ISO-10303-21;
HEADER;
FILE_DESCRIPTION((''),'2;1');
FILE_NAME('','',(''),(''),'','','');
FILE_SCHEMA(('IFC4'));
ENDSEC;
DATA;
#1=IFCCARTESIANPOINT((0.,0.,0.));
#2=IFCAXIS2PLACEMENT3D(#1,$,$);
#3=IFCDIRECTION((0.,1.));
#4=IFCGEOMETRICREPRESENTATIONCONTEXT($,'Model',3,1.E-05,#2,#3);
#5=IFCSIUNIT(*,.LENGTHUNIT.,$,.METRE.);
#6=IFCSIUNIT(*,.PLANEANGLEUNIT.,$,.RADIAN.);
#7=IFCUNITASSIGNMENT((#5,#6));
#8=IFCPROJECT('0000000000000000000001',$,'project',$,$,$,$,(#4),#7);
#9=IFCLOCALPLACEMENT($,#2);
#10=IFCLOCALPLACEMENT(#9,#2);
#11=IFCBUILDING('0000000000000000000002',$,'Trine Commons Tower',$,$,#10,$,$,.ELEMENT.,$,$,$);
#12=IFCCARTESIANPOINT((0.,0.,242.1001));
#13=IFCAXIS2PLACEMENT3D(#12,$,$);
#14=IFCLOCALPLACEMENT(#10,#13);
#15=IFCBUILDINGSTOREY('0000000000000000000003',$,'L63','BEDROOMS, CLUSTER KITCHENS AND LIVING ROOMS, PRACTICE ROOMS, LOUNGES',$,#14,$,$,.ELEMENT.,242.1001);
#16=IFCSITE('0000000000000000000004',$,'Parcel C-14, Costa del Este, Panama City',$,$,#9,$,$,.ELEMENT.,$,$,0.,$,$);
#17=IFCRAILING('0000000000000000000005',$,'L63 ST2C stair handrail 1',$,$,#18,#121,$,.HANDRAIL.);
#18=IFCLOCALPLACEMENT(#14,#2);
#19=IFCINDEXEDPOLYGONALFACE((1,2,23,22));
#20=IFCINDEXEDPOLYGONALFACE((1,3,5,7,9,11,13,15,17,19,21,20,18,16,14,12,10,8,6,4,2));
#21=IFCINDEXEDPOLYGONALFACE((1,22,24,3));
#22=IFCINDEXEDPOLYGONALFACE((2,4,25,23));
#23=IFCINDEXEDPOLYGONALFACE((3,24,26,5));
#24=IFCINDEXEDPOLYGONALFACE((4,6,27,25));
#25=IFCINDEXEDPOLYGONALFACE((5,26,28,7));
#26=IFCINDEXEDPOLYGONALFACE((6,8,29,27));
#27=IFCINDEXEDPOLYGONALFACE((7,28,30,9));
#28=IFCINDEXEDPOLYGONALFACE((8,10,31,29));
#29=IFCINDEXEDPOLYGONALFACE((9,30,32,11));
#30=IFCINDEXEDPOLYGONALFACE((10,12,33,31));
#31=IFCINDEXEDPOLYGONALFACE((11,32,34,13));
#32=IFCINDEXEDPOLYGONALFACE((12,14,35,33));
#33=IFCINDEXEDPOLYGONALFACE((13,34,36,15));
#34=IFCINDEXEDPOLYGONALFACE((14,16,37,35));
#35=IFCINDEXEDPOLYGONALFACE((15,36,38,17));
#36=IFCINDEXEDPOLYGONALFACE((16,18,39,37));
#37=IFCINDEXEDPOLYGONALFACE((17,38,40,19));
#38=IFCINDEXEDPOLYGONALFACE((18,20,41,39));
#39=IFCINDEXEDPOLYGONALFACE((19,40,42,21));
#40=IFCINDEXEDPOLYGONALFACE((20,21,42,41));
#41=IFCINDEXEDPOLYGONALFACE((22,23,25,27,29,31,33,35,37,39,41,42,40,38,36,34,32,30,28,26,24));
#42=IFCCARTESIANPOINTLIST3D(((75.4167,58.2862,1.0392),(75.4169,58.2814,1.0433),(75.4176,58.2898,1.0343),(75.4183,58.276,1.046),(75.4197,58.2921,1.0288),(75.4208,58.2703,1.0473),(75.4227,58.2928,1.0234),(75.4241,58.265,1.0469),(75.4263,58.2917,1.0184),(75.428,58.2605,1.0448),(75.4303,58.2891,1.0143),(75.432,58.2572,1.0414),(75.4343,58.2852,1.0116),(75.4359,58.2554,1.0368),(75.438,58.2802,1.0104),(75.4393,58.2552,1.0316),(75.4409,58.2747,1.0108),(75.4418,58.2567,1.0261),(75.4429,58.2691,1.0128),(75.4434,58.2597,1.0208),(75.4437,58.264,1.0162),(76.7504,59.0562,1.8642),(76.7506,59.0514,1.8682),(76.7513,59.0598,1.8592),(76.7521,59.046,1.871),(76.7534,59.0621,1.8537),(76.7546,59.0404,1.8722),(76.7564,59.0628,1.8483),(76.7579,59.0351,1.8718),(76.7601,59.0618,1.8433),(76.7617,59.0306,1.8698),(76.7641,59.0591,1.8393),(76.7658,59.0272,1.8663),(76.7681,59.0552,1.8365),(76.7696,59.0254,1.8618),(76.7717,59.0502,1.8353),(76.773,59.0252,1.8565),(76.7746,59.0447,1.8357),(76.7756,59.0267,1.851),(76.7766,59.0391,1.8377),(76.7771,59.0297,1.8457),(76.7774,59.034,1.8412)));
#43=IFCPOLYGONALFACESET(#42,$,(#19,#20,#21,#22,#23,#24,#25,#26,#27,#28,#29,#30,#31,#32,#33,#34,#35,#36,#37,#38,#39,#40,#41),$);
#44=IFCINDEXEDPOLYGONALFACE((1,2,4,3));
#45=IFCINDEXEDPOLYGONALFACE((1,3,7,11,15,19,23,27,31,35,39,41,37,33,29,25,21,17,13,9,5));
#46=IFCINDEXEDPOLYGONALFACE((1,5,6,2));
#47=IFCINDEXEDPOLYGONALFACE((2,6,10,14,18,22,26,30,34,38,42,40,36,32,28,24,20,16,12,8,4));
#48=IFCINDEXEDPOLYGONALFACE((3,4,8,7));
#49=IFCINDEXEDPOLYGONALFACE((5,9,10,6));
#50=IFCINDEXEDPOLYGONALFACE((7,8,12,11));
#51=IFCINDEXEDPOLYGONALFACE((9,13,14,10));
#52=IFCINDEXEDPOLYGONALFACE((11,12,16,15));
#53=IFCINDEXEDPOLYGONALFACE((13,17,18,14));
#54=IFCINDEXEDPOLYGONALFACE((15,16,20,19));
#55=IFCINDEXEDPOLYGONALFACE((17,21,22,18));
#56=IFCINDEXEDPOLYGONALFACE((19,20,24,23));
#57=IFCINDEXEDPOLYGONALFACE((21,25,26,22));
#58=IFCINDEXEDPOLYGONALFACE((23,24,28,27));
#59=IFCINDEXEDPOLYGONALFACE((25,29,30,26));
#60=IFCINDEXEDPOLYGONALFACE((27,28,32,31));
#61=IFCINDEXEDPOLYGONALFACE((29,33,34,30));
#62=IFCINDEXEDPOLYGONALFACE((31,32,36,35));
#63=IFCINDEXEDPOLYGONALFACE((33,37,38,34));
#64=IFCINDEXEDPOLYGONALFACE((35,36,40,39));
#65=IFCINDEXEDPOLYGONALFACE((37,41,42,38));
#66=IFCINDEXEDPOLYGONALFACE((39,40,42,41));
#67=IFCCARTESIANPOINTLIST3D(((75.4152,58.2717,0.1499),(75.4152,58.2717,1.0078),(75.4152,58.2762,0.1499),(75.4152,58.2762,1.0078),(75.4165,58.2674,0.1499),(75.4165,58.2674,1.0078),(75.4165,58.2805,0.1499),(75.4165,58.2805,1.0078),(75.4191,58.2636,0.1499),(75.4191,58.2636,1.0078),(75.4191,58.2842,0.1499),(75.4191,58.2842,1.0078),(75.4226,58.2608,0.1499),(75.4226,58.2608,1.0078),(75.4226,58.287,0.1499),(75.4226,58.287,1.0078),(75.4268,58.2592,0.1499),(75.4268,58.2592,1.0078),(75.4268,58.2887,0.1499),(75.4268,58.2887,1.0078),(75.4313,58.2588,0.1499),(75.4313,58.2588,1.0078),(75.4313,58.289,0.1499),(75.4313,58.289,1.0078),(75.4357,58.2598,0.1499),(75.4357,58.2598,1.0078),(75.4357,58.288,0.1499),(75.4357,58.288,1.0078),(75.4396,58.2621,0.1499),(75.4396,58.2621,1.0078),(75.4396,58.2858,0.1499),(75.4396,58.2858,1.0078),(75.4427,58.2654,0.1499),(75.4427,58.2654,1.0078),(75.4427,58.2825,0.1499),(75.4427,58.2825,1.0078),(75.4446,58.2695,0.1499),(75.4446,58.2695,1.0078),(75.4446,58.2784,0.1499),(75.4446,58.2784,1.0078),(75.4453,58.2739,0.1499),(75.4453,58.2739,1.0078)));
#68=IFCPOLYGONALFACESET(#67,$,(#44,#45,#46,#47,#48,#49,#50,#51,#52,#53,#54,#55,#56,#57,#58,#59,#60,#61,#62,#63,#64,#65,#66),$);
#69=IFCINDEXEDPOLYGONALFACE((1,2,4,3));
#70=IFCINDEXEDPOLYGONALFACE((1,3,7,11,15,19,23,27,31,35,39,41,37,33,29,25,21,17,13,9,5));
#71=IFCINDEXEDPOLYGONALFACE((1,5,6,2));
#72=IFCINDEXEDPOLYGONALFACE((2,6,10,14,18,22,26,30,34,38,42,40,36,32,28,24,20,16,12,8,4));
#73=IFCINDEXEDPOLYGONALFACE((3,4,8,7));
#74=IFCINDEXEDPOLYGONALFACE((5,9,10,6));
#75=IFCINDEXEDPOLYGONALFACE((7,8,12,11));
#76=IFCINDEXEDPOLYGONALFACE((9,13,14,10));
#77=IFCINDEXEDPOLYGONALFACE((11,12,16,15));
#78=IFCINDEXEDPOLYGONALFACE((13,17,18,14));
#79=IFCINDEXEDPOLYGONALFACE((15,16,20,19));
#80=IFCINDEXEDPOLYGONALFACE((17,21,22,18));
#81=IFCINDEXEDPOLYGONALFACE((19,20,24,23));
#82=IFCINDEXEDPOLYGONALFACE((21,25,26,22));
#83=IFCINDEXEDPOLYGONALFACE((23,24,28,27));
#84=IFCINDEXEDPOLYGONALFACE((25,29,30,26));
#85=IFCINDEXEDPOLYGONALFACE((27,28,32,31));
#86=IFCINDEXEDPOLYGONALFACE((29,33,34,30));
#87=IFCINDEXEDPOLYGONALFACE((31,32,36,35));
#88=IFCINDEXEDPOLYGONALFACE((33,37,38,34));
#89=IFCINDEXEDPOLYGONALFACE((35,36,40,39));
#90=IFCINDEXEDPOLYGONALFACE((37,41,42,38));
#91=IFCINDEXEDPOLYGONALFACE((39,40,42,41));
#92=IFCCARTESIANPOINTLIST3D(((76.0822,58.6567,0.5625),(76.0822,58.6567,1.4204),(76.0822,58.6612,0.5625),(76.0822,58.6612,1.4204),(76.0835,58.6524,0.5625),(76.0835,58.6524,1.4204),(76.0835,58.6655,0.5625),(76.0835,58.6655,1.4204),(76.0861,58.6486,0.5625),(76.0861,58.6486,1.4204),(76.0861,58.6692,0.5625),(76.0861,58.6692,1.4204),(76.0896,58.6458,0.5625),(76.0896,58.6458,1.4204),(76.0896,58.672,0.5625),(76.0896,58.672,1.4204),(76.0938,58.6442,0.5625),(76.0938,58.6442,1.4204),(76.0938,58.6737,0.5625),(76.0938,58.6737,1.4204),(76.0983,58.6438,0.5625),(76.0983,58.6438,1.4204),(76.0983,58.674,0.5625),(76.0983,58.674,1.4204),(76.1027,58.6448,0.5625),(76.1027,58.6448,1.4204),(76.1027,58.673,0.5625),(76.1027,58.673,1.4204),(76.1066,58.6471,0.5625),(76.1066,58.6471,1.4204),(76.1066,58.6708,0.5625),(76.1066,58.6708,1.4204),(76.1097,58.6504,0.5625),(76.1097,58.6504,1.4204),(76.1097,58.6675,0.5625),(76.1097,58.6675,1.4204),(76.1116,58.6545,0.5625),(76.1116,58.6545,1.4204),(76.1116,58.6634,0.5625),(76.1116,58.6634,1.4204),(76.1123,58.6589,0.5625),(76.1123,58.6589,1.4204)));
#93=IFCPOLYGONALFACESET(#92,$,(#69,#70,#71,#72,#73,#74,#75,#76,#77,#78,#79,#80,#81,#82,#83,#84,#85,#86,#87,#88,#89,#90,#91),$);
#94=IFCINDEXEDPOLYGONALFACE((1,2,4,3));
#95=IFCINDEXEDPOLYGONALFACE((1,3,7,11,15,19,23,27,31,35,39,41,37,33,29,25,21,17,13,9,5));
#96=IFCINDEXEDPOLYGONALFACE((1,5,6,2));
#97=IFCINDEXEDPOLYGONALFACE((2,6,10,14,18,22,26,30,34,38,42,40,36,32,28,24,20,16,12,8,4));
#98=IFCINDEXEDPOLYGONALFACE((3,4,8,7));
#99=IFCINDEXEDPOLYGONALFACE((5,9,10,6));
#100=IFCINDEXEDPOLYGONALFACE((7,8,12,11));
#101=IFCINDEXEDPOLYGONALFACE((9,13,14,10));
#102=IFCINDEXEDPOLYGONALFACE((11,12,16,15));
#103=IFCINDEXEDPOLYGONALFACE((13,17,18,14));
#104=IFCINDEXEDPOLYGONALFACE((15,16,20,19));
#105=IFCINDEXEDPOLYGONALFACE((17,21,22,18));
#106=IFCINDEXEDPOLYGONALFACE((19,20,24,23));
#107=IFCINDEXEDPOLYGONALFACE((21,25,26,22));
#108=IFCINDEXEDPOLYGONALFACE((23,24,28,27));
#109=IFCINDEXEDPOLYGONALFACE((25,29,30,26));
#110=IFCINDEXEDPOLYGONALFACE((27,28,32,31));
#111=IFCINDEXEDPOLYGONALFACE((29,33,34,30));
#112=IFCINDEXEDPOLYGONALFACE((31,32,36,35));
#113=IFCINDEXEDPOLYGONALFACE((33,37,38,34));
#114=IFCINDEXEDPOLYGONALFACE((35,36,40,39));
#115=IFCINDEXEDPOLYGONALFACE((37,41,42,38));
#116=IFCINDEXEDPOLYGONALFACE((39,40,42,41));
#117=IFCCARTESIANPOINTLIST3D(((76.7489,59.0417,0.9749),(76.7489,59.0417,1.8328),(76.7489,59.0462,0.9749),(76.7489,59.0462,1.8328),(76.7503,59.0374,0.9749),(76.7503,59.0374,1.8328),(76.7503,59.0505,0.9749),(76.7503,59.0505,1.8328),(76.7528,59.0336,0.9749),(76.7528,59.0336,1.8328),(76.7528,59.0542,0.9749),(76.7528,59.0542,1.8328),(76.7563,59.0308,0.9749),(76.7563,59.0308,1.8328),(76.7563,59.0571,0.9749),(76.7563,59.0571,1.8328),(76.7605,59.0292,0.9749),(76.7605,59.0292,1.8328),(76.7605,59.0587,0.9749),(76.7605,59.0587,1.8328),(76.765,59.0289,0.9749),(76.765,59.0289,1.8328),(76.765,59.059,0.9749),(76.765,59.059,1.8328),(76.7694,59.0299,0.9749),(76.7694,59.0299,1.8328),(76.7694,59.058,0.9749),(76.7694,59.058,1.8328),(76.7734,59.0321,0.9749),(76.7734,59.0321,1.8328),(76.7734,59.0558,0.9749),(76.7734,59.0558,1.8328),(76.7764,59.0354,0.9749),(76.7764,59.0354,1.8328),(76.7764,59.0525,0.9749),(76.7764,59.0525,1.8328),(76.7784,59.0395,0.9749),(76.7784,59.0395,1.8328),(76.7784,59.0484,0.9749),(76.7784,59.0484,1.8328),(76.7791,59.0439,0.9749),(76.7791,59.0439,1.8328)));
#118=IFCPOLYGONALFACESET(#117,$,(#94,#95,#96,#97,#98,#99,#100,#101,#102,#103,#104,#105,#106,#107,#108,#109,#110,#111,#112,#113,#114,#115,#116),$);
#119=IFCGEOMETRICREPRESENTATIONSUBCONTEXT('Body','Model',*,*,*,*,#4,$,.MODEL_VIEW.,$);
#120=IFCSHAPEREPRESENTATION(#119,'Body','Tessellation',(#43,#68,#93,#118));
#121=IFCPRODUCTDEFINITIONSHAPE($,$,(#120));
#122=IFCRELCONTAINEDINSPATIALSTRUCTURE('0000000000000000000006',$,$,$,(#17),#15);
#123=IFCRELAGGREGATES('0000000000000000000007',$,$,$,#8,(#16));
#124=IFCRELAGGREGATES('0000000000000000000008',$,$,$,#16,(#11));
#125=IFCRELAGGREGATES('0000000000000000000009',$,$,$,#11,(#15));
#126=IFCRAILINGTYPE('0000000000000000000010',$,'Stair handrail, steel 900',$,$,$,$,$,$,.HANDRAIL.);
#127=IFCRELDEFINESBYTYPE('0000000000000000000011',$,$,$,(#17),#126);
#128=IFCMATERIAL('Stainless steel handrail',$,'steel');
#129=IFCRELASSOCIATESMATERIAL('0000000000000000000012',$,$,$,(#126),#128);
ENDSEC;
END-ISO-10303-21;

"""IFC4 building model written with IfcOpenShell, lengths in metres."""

from ifc_helpers import new_model, si_unit, direction, frame, origin, origin_2d, place, context, subcontext, project, spatial, circle, extrude, material, type_object, element, save


model = new_model("IFC4")

# Units and contexts
model_context = context("Model", 3, precision=1e-05, world=origin(), true_north=direction((0.0, 1.0)))
body_context = subcontext(model_context, "Body", "Model", "MODEL_VIEW")
ifc_project = project(units=[si_unit("LENGTHUNIT", "METRE"), si_unit("PLANEANGLEUNIT", "RADIAN")], contexts=[model_context])

# Site, building, storey
site_placement = place(None, origin())
site = spatial("IfcSite", under=ifc_project, at=site_placement, Name="Parcel C-14, Costa del Este, Panama City", CompositionType="ELEMENT", RefElevation=0.0)
building_placement = place(site_placement, origin())
building = spatial("IfcBuilding", under=site, at=building_placement, Name="Trine Commons Tower", CompositionType="ELEMENT")
storey_placement = place(building_placement, frame((0.0, 0.0, 242.1001)))
storey = spatial("IfcBuildingStorey", under=building, at=storey_placement, Name="L63", Description="BEDROOMS, CLUSTER KITCHENS AND LIVING ROOMS, PRACTICE ROOMS, LOUNGES", CompositionType="ELEMENT", Elevation=242.1001)

# Railing
ifc_material_1 = material(Name="Stainless steel handrail", Category="steel")
railing_type = type_object("IfcRailingType", Name="Stair handrail, steel 900", PredefinedType="HANDRAIL", material=ifc_material_1)
railing_placement = place(storey_placement, frame((75.4302, 58.2739, 0.1499)))
element("IfcRailing", 1, at=railing_placement, inside=storey, type_object=railing_type, Name="L63 ST2C stair handrail 1", PredefinedType="HANDRAIL", context=body_context, shape_type="SweptSolid", body=[
    extrude(circle(Radius=0.021, at=origin_2d()), frame((0.0, 0.0, 0.8789), z_axis=(0.763405, 0.440743, 0.472185), x_axis=(-0.499992, 0.86603, 0.0)), (0.0, 0.0, 1.0), 1.7471),
    extrude(circle(Radius=0.0151, at=origin_2d()), origin(), (0.0, 0.0, 1.0), 0.8579),
    extrude(circle(Radius=0.0151, at=origin_2d()), frame((0.667, 0.385, 0.4126)), (0.0, 0.0, 1.0), 0.8579),
    extrude(circle(Radius=0.0151, at=origin_2d()), frame((1.3337, 0.77, 0.825)), (0.0, 0.0, 1.0), 0.8579),
])

save(model, "model.ifc")
